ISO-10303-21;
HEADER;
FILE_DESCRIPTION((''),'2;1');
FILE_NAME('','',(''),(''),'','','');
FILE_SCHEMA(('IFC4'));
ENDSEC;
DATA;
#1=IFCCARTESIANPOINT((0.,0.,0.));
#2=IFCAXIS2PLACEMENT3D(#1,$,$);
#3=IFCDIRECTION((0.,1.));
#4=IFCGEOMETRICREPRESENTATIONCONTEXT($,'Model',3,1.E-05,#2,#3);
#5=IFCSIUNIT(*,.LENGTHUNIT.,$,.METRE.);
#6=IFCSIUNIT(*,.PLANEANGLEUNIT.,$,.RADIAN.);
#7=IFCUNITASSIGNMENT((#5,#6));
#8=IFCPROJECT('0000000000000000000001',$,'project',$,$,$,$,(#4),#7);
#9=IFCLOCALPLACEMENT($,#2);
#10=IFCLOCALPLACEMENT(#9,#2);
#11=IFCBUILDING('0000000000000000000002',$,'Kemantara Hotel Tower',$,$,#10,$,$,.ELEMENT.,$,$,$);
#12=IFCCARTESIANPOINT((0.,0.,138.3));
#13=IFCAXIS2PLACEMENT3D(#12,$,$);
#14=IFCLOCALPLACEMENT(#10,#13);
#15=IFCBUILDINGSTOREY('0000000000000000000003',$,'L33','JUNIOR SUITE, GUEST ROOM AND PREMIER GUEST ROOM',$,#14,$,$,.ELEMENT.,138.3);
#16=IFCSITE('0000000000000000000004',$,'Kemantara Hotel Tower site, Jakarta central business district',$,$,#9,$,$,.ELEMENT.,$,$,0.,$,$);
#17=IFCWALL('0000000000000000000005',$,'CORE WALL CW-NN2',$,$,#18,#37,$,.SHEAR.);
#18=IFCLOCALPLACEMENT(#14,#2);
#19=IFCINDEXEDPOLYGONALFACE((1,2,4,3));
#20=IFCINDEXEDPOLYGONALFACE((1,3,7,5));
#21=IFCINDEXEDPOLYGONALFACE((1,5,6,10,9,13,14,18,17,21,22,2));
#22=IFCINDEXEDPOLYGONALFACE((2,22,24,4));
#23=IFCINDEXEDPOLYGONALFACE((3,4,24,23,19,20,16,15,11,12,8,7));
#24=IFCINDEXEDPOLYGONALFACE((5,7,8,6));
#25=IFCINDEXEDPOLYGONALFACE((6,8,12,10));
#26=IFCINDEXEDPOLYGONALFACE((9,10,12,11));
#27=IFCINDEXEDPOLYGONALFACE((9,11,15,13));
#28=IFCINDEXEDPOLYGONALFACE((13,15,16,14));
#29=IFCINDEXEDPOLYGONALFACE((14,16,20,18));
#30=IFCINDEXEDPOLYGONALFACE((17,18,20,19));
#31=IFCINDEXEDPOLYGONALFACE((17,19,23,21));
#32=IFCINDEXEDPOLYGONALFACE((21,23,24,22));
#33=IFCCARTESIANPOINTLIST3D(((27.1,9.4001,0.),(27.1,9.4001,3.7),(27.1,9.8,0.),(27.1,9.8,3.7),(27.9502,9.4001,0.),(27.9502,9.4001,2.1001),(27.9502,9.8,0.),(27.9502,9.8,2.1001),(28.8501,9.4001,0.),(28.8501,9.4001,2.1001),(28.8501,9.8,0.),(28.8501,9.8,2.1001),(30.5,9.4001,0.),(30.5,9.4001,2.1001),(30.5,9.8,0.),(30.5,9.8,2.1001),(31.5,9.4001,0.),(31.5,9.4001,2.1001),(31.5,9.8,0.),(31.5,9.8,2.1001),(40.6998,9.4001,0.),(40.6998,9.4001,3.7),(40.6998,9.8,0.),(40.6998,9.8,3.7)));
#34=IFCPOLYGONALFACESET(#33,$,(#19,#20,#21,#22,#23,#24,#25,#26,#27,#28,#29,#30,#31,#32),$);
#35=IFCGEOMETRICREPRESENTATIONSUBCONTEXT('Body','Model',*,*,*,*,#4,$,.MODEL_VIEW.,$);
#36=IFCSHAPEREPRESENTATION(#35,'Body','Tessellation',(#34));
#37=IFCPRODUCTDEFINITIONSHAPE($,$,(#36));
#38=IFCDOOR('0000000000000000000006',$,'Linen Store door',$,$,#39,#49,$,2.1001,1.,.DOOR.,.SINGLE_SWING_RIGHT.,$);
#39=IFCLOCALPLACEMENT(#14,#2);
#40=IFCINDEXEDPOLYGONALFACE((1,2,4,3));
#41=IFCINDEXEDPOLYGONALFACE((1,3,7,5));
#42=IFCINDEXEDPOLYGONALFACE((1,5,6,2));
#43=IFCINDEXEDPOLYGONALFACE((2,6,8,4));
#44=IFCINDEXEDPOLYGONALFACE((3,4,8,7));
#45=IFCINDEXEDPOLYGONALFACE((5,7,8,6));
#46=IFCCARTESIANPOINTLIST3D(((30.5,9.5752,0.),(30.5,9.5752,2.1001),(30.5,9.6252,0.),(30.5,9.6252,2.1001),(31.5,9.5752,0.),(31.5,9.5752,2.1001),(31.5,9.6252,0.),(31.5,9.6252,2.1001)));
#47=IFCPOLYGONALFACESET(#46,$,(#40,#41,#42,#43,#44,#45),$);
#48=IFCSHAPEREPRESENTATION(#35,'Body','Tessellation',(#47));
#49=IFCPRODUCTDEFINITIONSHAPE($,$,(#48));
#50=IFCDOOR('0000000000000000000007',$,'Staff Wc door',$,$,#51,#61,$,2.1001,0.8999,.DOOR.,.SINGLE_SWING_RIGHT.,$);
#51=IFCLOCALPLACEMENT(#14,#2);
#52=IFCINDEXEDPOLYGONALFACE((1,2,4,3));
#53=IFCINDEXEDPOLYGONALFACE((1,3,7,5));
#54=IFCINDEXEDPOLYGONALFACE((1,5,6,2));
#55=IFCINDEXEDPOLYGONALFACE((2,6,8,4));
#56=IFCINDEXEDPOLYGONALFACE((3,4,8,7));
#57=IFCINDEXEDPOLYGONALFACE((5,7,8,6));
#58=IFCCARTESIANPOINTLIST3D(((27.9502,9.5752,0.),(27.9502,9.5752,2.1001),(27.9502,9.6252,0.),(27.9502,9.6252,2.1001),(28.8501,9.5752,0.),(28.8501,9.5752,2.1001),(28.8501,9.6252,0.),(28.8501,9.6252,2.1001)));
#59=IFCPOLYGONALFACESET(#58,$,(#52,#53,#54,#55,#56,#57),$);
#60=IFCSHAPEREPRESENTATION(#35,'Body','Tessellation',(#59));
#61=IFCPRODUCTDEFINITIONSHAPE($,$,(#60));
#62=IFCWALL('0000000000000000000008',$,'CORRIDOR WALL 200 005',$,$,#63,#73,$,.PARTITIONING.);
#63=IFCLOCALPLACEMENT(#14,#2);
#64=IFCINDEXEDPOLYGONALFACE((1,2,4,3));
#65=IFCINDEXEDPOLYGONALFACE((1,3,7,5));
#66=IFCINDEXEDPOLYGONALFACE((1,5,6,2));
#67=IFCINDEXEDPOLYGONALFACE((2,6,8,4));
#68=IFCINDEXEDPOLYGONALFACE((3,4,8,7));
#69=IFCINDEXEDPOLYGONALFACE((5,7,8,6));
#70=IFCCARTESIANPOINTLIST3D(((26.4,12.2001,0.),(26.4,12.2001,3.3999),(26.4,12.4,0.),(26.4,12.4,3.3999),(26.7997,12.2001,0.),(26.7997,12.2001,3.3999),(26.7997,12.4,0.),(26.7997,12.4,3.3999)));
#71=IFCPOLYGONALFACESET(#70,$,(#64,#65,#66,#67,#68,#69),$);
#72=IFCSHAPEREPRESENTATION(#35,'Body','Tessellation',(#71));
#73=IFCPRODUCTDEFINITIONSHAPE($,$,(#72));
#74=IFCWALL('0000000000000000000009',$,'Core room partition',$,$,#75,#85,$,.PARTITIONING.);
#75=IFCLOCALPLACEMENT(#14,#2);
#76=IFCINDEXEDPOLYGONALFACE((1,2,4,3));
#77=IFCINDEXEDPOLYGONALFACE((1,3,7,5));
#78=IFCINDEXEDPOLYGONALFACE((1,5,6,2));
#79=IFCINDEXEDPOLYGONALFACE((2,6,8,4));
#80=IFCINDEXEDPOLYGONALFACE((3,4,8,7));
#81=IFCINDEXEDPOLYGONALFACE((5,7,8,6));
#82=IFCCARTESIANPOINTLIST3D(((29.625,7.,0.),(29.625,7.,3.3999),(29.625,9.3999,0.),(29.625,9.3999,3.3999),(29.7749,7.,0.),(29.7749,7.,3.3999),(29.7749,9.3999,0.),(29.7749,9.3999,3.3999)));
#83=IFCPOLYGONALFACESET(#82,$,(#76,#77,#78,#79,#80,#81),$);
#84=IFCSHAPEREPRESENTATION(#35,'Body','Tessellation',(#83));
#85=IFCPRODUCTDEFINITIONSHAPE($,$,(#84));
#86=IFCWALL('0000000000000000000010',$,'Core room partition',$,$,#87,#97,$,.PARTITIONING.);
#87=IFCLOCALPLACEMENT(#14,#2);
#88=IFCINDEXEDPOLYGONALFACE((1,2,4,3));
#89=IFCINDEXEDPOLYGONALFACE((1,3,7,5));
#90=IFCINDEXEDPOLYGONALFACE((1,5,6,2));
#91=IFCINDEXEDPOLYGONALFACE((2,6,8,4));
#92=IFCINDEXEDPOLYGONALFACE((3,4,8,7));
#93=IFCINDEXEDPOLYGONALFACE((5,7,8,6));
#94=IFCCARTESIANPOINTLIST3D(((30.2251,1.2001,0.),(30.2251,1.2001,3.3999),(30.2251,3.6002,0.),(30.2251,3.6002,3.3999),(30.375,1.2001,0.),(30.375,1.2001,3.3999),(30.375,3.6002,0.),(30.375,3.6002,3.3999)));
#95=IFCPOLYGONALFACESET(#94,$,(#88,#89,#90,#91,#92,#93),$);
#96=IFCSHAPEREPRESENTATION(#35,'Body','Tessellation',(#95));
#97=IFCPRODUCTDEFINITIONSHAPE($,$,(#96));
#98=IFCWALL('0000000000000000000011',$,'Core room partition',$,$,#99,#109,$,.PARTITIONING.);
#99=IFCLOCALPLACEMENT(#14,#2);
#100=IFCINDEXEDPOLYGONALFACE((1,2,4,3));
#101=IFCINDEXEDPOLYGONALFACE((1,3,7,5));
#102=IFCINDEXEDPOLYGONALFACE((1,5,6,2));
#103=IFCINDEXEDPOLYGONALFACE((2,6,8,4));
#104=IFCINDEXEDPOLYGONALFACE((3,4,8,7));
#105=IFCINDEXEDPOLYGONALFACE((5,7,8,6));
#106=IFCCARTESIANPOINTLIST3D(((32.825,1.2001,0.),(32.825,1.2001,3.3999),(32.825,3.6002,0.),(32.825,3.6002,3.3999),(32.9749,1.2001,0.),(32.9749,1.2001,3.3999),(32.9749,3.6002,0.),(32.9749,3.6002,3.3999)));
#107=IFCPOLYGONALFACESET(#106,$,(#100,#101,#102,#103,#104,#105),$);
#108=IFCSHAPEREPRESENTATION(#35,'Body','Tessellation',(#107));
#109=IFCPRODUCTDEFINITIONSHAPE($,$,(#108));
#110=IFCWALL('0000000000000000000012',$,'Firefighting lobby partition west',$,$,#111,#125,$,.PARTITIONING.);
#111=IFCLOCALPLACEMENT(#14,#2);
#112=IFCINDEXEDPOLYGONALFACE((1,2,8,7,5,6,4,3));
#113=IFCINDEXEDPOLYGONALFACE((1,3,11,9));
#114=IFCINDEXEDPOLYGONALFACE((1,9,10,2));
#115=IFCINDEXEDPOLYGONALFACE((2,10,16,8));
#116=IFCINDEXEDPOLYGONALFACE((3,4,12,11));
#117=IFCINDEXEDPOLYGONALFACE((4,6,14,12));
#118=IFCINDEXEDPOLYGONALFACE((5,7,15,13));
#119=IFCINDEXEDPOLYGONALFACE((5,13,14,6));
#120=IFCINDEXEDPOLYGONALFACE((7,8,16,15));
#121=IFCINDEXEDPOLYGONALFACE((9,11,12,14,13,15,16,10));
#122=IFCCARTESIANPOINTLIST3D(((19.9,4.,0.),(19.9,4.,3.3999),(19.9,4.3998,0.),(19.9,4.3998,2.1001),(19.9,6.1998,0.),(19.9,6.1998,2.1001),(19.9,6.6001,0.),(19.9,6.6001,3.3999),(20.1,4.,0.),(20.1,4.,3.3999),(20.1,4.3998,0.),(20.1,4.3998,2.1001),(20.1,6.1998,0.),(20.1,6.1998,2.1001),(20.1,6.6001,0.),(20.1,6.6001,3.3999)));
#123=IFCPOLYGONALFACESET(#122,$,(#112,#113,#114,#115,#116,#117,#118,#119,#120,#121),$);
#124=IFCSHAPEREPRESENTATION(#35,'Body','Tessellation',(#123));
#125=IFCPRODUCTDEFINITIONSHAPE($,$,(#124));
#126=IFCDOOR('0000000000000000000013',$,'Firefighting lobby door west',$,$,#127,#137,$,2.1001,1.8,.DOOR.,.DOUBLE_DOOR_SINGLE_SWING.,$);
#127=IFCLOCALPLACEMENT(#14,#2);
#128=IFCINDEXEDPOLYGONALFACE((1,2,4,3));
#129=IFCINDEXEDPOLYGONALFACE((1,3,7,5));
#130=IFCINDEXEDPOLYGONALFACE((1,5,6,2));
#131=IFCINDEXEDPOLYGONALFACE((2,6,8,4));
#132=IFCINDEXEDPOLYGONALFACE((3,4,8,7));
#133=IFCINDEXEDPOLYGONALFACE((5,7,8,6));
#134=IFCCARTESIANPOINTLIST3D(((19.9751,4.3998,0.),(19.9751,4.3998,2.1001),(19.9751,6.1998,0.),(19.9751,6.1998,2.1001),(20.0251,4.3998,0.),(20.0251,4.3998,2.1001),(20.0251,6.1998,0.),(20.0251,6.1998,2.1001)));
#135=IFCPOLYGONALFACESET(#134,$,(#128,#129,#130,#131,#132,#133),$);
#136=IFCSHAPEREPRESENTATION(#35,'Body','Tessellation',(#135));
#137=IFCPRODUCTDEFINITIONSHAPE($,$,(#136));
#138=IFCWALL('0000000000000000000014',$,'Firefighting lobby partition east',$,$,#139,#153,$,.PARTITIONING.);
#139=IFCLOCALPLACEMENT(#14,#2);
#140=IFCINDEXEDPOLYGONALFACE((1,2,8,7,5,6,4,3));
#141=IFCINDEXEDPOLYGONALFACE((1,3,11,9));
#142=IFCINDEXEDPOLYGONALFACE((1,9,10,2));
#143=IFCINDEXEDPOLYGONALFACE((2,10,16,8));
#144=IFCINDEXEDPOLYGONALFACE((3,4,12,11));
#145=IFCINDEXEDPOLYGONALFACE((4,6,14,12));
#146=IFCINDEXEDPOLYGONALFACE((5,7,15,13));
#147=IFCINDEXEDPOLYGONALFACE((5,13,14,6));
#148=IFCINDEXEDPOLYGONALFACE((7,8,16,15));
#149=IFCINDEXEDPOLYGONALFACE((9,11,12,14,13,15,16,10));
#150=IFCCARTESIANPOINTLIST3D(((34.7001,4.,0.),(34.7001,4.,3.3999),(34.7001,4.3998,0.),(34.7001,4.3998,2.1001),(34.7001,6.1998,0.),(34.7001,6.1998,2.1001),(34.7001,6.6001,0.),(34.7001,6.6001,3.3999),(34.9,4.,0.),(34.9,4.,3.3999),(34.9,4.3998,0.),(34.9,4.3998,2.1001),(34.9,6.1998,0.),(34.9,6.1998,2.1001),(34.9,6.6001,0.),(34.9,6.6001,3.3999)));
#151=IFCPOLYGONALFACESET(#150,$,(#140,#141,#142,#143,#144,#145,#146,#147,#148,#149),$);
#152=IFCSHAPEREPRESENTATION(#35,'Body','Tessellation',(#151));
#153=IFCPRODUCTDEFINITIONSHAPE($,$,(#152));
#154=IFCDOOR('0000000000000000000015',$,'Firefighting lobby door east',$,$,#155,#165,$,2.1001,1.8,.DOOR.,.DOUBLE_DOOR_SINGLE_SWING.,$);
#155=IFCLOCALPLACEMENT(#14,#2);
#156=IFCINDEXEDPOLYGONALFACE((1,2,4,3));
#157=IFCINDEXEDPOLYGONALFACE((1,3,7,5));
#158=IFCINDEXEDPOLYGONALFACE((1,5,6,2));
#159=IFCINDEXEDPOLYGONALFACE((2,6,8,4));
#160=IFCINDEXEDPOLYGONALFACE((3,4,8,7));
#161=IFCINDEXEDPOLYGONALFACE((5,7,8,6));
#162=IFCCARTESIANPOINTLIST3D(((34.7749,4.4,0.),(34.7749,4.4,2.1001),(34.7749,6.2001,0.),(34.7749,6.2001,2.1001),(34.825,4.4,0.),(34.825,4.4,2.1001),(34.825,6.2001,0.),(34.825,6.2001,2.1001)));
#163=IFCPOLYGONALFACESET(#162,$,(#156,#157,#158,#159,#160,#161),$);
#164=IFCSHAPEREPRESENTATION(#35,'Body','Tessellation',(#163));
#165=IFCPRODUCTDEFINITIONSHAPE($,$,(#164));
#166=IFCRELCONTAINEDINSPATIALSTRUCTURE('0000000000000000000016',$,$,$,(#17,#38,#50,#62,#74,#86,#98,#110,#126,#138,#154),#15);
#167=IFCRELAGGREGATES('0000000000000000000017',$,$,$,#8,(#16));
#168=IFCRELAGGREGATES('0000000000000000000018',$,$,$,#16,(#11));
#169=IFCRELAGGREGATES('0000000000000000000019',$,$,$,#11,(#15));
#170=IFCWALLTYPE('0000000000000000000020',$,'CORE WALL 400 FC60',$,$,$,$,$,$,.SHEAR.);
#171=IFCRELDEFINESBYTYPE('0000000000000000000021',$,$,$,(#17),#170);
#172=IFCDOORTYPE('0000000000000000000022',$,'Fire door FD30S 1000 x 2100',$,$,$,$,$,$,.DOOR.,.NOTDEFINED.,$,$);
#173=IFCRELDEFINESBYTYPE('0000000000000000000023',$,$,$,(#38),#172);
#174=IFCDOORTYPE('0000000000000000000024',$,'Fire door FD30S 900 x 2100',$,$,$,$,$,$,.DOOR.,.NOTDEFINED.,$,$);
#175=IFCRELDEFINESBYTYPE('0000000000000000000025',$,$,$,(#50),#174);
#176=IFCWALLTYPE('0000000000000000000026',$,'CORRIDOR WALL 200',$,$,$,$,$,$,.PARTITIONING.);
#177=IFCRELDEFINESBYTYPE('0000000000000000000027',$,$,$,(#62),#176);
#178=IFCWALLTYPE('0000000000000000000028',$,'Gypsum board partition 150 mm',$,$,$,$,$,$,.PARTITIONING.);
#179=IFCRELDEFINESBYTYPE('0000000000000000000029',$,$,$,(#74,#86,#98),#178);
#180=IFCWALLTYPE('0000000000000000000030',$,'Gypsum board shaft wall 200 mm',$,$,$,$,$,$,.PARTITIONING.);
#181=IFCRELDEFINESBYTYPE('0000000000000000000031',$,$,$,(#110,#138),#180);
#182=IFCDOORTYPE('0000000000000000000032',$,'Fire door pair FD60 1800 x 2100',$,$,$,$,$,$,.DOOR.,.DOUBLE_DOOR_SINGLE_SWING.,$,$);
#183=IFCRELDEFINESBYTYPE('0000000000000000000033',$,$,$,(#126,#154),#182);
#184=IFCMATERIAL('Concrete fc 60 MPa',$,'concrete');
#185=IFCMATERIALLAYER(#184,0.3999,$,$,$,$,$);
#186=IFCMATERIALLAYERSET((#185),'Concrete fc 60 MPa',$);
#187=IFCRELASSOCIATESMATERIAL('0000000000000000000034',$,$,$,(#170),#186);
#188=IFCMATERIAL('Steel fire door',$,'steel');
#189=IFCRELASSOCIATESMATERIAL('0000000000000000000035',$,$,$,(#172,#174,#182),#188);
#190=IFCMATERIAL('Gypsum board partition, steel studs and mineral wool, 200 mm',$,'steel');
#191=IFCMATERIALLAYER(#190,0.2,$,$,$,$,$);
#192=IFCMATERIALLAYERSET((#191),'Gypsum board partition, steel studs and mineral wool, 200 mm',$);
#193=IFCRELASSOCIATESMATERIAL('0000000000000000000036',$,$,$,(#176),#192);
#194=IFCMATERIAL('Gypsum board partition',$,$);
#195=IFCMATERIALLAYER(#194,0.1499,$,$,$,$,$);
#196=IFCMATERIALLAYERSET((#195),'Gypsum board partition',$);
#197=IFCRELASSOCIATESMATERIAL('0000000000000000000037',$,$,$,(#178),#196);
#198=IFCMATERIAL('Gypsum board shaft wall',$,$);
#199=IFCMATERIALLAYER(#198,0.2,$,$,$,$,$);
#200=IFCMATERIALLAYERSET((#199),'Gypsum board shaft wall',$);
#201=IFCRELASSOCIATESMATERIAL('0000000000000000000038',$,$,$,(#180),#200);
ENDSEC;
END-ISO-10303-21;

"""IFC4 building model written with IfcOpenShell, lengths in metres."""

from ifc_helpers import new_model, si_unit, direction, frame, frame_2d, origin, place, context, subcontext, project, spatial, rectangle, extrude, material, layer, layer_set, type_object, element, fill, save


model = new_model("IFC4")

# Units and contexts
model_context = context("Model", 3, precision=1e-05, world=origin(), true_north=direction((0.0, 1.0)))
body_context = subcontext(model_context, "Body", "Model", "MODEL_VIEW")
ifc_project = project(units=[si_unit("LENGTHUNIT", "METRE"), si_unit("PLANEANGLEUNIT", "RADIAN")], contexts=[model_context])

# Site, building, storey
site_placement = place(None, origin())
site = spatial("IfcSite", under=ifc_project, at=site_placement, Name="Kemantara Hotel Tower site, Jakarta central business district", CompositionType="ELEMENT", RefElevation=0.0)
building_placement = place(site_placement, origin())
building = spatial("IfcBuilding", under=site, at=building_placement, Name="Kemantara Hotel Tower", CompositionType="ELEMENT")
storey_placement = place(building_placement, frame((0.0, 0.0, 138.3)))
storey = spatial("IfcBuildingStorey", under=building, at=storey_placement, Name="L33", Description="JUNIOR SUITE, GUEST ROOM AND PREMIER GUEST ROOM", CompositionType="ELEMENT", Elevation=138.3)

# Shared definitions
ifc_material_1 = material(Name="Concrete fc 60 MPa", Category="concrete")

# Wall, openings, doors
ifc_layer_1 = layer(ifc_material_1, 0.3999)
ifc_layer_set_1 = layer_set([ifc_layer_1], Name="Concrete fc 60 MPa")
wall_type_1 = type_object("IfcWallType", Name="CORE WALL 400 FC60", PredefinedType="SHEAR", material=ifc_layer_set_1)
wall_1_placement = place(storey_placement, frame((27.1001, 9.6001, 0.0), z_axis=(0.0, 0.0, 1.0), x_axis=(1.0, 0.0, 0.0)))
wall_1 = element("IfcWall", 1, at=wall_1_placement, inside=storey, type_object=wall_type_1, Name="CORE WALL CW-NN2", PredefinedType="SHEAR", context=body_context, shape_type="SweptSolid", body=[
    extrude(rectangle(XDim=13.5999, YDim=0.3999, at=frame_2d((6.7998, 0.0))), origin(), (0.0, 0.0, 1.0), 3.7),
])
opening_1_placement = place(wall_1_placement, frame((0.8501, 0.0, 0.0)))
opening_1 = element("IfcOpeningElement", 2, at=opening_1_placement, cuts=wall_1, PredefinedType="OPENING", context=body_context, shape_type="SweptSolid", body=[
    extrude(rectangle(XDim=0.8999, YDim=2.1001, at=frame_2d((0.45, 1.05))), frame((0.0, 0.21, 0.0), z_axis=(0.0, -1.0, 0.0), x_axis=(1.0, 0.0, 0.0)), (0.0, 0.0, 1.0), 0.4199),
])
opening_2_placement = place(wall_1_placement, frame((3.3999, 0.0, 0.0)))
opening_2 = element("IfcOpeningElement", 3, at=opening_2_placement, cuts=wall_1, PredefinedType="OPENING", context=body_context, shape_type="SweptSolid", body=[
    extrude(rectangle(XDim=1.0, YDim=2.1001, at=frame_2d((0.5, 1.05))), frame((0.0, 0.21, 0.0), z_axis=(0.0, -1.0, 0.0), x_axis=(1.0, 0.0, 0.0)), (0.0, 0.0, 1.0), 0.4199),
])
ifc_material_2 = material(Name="Steel fire door", Category="steel")
door_type_1 = type_object("IfcDoorType", Name="Fire door FD30S 1000 x 2100", OperationType="NOTDEFINED", PredefinedType="DOOR", material=ifc_material_2)
door_1_placement = place(opening_2_placement, frame((1.0, 0.0, 0.0), z_axis=(0.0, 0.0, 1.0), x_axis=(-1.0, 0.0, 0.0)))
door_1 = element("IfcDoor", 4, at=door_1_placement, inside=storey, type_object=door_type_1, Name="Linen Store door", OperationType="SINGLE_SWING_RIGHT", OverallHeight=2.1001, OverallWidth=1.0, PredefinedType="DOOR", context=body_context, shape_type="SweptSolid", body=[
    extrude(rectangle(XDim=1.0, YDim=2.1001, at=frame_2d((0.5, 1.05))), frame((0.0, 0.0249, 0.0), z_axis=(0.0, -1.0, 0.0), x_axis=(1.0, 0.0, 0.0)), (0.0, 0.0, 1.0), 0.05),
])
fill(opening_2, door_1)
door_type_2 = type_object("IfcDoorType", Name="Fire door FD30S 900 x 2100", OperationType="NOTDEFINED", PredefinedType="DOOR", material=ifc_material_2)
door_2_placement = place(opening_1_placement, frame((0.8999, 0.0, 0.0), z_axis=(0.0, 0.0, 1.0), x_axis=(-1.0, 0.0, 0.0)))
door_2 = element("IfcDoor", 5, at=door_2_placement, inside=storey, type_object=door_type_2, Name="Staff Wc door", OperationType="SINGLE_SWING_RIGHT", OverallHeight=2.1001, OverallWidth=0.8999, PredefinedType="DOOR", context=body_context, shape_type="SweptSolid", body=[
    extrude(rectangle(XDim=0.8999, YDim=2.1001, at=frame_2d((0.45, 1.05))), frame((0.0, 0.0249, 0.0), z_axis=(0.0, -1.0, 0.0), x_axis=(1.0, 0.0, 0.0)), (0.0, 0.0, 1.0), 0.05),
])
fill(opening_1, door_2)

# Walls
ifc_material_3 = material(Name="Gypsum board partition, steel studs and mineral wool, 200 mm", Category="steel")
ifc_layer_2 = layer(ifc_material_3, 0.2)
ifc_layer_set_2 = layer_set([ifc_layer_2], Name="Gypsum board partition, steel studs and mineral wool, 200 mm")
wall_type_2 = type_object("IfcWallType", Name="CORRIDOR WALL 200", PredefinedType="PARTITIONING", material=ifc_layer_set_2)
wall_2_placement = place(storey_placement, frame((26.4001, 12.3, 0.0), z_axis=(0.0, 0.0, 1.0), x_axis=(1.0, 0.0, 0.0)))
element("IfcWall", 6, at=wall_2_placement, inside=storey, type_object=wall_type_2, Name="CORRIDOR WALL 200 005", PredefinedType="PARTITIONING", context=body_context, shape_type="SweptSolid", body=[
    extrude(rectangle(XDim=0.3997, YDim=0.2, at=frame_2d((0.1997, 0.0))), origin(), (0.0, 0.0, 1.0), 3.3999),
])
ifc_material_4 = material(Name="Gypsum board partition")
ifc_layer_3 = layer(ifc_material_4, 0.1499)
ifc_layer_set_3 = layer_set([ifc_layer_3], Name="Gypsum board partition")
wall_type_3 = type_object("IfcWallType", Name="Gypsum board partition 150 mm", PredefinedType="PARTITIONING", material=ifc_layer_set_3)
wall_3_placement = place(storey_placement, frame((29.7, 7.0, 0.0), z_axis=(0.0, 0.0, 1.0), x_axis=(0.0, 1.0, 0.0)))
element("IfcWall", 7, at=wall_3_placement, inside=storey, type_object=wall_type_3, Name="Core room partition", PredefinedType="PARTITIONING", context=body_context, shape_type="SweptSolid", body=[
    extrude(rectangle(XDim=2.3999, YDim=0.1499, at=frame_2d((1.2, 0.0))), origin(), (0.0, 0.0, 1.0), 3.3999),
])
for number, where, z_axis, x_axis, name in (
    (8, (30.3, 1.2, 0.0), (0.0, 0.0, 1.0), (0.0, 1.0, 0.0), "Core room partition"),
    (9, (32.8999, 1.2, 0.0), (0.0, 0.0, 1.0), (0.0, 1.0, 0.0), "Core room partition"),
):
    element("IfcWall", number, at=place(storey_placement, frame(where, z_axis=z_axis, x_axis=x_axis)), inside=storey, type_object=wall_type_3, Name=name, PredefinedType="PARTITIONING", context=body_context, shape_type="SweptSolid", body=[
        extrude(rectangle(XDim=2.4001, YDim=0.1499, at=frame_2d((1.2002, 0.0))), origin(), (0.0, 0.0, 1.0), 3.3999),
    ])

# Walls, openings, doors
ifc_material_5 = material(Name="Gypsum board shaft wall")
ifc_layer_4 = layer(ifc_material_5, 0.2)
ifc_layer_set_4 = layer_set([ifc_layer_4], Name="Gypsum board shaft wall")
wall_type_4 = type_object("IfcWallType", Name="Gypsum board shaft wall 200 mm", PredefinedType="PARTITIONING", material=ifc_layer_set_4)
wall_4_placement = place(storey_placement, frame((20.0, 4.0, 0.0), z_axis=(0.0, 0.0, 1.0), x_axis=(0.0, 1.0, 0.0)))
wall_4 = element("IfcWall", 10, at=wall_4_placement, inside=storey, type_object=wall_type_4, Name="Firefighting lobby partition west", PredefinedType="PARTITIONING", context=body_context, shape_type="SweptSolid", body=[
    extrude(rectangle(XDim=2.6001, YDim=0.2, at=frame_2d((1.3, 0.0))), origin(), (0.0, 0.0, 1.0), 3.3999),
])
opening_3_placement = place(wall_4_placement, frame((0.3999, 0.0, 0.0)))
opening_3 = element("IfcOpeningElement", 11, at=opening_3_placement, cuts=wall_4, PredefinedType="OPENING", context=body_context, shape_type="SweptSolid", body=[
    extrude(rectangle(XDim=1.8, YDim=2.1001, at=frame_2d((0.8999, 1.05))), frame((0.0, 0.1099, 0.0), z_axis=(0.0, -1.0, 0.0), x_axis=(1.0, 0.0, 0.0)), (0.0, 0.0, 1.0), 0.22),
])
door_type_3 = type_object("IfcDoorType", Name="Fire door pair FD60 1800 x 2100", OperationType="DOUBLE_DOOR_SINGLE_SWING", PredefinedType="DOOR", material=ifc_material_2)
door_3_placement = place(opening_3_placement, origin())
door_3 = element("IfcDoor", 12, at=door_3_placement, inside=storey, type_object=door_type_3, Name="Firefighting lobby door west", OperationType="DOUBLE_DOOR_SINGLE_SWING", OverallHeight=2.1001, OverallWidth=1.8, PredefinedType="DOOR", context=body_context, shape_type="SweptSolid", body=[
    extrude(rectangle(XDim=1.8, YDim=2.1001, at=frame_2d((0.8999, 1.05))), frame((0.0, 0.0249, 0.0), z_axis=(0.0, -1.0, 0.0), x_axis=(1.0, 0.0, 0.0)), (0.0, 0.0, 1.0), 0.05),
])
fill(opening_3, door_3)
wall_5_placement = place(storey_placement, frame((34.8, 4.0, 0.0), z_axis=(0.0, 0.0, 1.0), x_axis=(0.0, 1.0, 0.0)))
wall_5 = element("IfcWall", 13, at=wall_5_placement, inside=storey, type_object=wall_type_4, Name="Firefighting lobby partition east", PredefinedType="PARTITIONING", context=body_context, shape_type="SweptSolid", body=[
    extrude(rectangle(XDim=2.6001, YDim=0.2, at=frame_2d((1.3, 0.0))), origin(), (0.0, 0.0, 1.0), 3.3999),
])
opening_4_placement = place(wall_5_placement, frame((0.3999, 0.0, 0.0)))
opening_4 = element("IfcOpeningElement", 14, at=opening_4_placement, cuts=wall_5, PredefinedType="OPENING", context=body_context, shape_type="SweptSolid", body=[
    extrude(rectangle(XDim=1.8, YDim=2.1001, at=frame_2d((0.8999, 1.05))), frame((0.0, 0.1099, 0.0), z_axis=(0.0, -1.0, 0.0), x_axis=(1.0, 0.0, 0.0)), (0.0, 0.0, 1.0), 0.22),
])
door_4_placement = place(opening_4_placement, frame((1.8, 0.0, 0.0), z_axis=(0.0, 0.0, 1.0), x_axis=(-1.0, 0.0, 0.0)))
door_4 = element("IfcDoor", 15, at=door_4_placement, inside=storey, type_object=door_type_3, Name="Firefighting lobby door east", OperationType="DOUBLE_DOOR_SINGLE_SWING", OverallHeight=2.1001, OverallWidth=1.8, PredefinedType="DOOR", context=body_context, shape_type="SweptSolid", body=[
    extrude(rectangle(XDim=1.8, YDim=2.1001, at=frame_2d((0.8999, 1.05))), frame((0.0, 0.0249, 0.0), z_axis=(0.0, -1.0, 0.0), x_axis=(1.0, 0.0, 0.0)), (0.0, 0.0, 1.0), 0.05),
])
fill(opening_4, door_4)

save(model, "model.ifc")
